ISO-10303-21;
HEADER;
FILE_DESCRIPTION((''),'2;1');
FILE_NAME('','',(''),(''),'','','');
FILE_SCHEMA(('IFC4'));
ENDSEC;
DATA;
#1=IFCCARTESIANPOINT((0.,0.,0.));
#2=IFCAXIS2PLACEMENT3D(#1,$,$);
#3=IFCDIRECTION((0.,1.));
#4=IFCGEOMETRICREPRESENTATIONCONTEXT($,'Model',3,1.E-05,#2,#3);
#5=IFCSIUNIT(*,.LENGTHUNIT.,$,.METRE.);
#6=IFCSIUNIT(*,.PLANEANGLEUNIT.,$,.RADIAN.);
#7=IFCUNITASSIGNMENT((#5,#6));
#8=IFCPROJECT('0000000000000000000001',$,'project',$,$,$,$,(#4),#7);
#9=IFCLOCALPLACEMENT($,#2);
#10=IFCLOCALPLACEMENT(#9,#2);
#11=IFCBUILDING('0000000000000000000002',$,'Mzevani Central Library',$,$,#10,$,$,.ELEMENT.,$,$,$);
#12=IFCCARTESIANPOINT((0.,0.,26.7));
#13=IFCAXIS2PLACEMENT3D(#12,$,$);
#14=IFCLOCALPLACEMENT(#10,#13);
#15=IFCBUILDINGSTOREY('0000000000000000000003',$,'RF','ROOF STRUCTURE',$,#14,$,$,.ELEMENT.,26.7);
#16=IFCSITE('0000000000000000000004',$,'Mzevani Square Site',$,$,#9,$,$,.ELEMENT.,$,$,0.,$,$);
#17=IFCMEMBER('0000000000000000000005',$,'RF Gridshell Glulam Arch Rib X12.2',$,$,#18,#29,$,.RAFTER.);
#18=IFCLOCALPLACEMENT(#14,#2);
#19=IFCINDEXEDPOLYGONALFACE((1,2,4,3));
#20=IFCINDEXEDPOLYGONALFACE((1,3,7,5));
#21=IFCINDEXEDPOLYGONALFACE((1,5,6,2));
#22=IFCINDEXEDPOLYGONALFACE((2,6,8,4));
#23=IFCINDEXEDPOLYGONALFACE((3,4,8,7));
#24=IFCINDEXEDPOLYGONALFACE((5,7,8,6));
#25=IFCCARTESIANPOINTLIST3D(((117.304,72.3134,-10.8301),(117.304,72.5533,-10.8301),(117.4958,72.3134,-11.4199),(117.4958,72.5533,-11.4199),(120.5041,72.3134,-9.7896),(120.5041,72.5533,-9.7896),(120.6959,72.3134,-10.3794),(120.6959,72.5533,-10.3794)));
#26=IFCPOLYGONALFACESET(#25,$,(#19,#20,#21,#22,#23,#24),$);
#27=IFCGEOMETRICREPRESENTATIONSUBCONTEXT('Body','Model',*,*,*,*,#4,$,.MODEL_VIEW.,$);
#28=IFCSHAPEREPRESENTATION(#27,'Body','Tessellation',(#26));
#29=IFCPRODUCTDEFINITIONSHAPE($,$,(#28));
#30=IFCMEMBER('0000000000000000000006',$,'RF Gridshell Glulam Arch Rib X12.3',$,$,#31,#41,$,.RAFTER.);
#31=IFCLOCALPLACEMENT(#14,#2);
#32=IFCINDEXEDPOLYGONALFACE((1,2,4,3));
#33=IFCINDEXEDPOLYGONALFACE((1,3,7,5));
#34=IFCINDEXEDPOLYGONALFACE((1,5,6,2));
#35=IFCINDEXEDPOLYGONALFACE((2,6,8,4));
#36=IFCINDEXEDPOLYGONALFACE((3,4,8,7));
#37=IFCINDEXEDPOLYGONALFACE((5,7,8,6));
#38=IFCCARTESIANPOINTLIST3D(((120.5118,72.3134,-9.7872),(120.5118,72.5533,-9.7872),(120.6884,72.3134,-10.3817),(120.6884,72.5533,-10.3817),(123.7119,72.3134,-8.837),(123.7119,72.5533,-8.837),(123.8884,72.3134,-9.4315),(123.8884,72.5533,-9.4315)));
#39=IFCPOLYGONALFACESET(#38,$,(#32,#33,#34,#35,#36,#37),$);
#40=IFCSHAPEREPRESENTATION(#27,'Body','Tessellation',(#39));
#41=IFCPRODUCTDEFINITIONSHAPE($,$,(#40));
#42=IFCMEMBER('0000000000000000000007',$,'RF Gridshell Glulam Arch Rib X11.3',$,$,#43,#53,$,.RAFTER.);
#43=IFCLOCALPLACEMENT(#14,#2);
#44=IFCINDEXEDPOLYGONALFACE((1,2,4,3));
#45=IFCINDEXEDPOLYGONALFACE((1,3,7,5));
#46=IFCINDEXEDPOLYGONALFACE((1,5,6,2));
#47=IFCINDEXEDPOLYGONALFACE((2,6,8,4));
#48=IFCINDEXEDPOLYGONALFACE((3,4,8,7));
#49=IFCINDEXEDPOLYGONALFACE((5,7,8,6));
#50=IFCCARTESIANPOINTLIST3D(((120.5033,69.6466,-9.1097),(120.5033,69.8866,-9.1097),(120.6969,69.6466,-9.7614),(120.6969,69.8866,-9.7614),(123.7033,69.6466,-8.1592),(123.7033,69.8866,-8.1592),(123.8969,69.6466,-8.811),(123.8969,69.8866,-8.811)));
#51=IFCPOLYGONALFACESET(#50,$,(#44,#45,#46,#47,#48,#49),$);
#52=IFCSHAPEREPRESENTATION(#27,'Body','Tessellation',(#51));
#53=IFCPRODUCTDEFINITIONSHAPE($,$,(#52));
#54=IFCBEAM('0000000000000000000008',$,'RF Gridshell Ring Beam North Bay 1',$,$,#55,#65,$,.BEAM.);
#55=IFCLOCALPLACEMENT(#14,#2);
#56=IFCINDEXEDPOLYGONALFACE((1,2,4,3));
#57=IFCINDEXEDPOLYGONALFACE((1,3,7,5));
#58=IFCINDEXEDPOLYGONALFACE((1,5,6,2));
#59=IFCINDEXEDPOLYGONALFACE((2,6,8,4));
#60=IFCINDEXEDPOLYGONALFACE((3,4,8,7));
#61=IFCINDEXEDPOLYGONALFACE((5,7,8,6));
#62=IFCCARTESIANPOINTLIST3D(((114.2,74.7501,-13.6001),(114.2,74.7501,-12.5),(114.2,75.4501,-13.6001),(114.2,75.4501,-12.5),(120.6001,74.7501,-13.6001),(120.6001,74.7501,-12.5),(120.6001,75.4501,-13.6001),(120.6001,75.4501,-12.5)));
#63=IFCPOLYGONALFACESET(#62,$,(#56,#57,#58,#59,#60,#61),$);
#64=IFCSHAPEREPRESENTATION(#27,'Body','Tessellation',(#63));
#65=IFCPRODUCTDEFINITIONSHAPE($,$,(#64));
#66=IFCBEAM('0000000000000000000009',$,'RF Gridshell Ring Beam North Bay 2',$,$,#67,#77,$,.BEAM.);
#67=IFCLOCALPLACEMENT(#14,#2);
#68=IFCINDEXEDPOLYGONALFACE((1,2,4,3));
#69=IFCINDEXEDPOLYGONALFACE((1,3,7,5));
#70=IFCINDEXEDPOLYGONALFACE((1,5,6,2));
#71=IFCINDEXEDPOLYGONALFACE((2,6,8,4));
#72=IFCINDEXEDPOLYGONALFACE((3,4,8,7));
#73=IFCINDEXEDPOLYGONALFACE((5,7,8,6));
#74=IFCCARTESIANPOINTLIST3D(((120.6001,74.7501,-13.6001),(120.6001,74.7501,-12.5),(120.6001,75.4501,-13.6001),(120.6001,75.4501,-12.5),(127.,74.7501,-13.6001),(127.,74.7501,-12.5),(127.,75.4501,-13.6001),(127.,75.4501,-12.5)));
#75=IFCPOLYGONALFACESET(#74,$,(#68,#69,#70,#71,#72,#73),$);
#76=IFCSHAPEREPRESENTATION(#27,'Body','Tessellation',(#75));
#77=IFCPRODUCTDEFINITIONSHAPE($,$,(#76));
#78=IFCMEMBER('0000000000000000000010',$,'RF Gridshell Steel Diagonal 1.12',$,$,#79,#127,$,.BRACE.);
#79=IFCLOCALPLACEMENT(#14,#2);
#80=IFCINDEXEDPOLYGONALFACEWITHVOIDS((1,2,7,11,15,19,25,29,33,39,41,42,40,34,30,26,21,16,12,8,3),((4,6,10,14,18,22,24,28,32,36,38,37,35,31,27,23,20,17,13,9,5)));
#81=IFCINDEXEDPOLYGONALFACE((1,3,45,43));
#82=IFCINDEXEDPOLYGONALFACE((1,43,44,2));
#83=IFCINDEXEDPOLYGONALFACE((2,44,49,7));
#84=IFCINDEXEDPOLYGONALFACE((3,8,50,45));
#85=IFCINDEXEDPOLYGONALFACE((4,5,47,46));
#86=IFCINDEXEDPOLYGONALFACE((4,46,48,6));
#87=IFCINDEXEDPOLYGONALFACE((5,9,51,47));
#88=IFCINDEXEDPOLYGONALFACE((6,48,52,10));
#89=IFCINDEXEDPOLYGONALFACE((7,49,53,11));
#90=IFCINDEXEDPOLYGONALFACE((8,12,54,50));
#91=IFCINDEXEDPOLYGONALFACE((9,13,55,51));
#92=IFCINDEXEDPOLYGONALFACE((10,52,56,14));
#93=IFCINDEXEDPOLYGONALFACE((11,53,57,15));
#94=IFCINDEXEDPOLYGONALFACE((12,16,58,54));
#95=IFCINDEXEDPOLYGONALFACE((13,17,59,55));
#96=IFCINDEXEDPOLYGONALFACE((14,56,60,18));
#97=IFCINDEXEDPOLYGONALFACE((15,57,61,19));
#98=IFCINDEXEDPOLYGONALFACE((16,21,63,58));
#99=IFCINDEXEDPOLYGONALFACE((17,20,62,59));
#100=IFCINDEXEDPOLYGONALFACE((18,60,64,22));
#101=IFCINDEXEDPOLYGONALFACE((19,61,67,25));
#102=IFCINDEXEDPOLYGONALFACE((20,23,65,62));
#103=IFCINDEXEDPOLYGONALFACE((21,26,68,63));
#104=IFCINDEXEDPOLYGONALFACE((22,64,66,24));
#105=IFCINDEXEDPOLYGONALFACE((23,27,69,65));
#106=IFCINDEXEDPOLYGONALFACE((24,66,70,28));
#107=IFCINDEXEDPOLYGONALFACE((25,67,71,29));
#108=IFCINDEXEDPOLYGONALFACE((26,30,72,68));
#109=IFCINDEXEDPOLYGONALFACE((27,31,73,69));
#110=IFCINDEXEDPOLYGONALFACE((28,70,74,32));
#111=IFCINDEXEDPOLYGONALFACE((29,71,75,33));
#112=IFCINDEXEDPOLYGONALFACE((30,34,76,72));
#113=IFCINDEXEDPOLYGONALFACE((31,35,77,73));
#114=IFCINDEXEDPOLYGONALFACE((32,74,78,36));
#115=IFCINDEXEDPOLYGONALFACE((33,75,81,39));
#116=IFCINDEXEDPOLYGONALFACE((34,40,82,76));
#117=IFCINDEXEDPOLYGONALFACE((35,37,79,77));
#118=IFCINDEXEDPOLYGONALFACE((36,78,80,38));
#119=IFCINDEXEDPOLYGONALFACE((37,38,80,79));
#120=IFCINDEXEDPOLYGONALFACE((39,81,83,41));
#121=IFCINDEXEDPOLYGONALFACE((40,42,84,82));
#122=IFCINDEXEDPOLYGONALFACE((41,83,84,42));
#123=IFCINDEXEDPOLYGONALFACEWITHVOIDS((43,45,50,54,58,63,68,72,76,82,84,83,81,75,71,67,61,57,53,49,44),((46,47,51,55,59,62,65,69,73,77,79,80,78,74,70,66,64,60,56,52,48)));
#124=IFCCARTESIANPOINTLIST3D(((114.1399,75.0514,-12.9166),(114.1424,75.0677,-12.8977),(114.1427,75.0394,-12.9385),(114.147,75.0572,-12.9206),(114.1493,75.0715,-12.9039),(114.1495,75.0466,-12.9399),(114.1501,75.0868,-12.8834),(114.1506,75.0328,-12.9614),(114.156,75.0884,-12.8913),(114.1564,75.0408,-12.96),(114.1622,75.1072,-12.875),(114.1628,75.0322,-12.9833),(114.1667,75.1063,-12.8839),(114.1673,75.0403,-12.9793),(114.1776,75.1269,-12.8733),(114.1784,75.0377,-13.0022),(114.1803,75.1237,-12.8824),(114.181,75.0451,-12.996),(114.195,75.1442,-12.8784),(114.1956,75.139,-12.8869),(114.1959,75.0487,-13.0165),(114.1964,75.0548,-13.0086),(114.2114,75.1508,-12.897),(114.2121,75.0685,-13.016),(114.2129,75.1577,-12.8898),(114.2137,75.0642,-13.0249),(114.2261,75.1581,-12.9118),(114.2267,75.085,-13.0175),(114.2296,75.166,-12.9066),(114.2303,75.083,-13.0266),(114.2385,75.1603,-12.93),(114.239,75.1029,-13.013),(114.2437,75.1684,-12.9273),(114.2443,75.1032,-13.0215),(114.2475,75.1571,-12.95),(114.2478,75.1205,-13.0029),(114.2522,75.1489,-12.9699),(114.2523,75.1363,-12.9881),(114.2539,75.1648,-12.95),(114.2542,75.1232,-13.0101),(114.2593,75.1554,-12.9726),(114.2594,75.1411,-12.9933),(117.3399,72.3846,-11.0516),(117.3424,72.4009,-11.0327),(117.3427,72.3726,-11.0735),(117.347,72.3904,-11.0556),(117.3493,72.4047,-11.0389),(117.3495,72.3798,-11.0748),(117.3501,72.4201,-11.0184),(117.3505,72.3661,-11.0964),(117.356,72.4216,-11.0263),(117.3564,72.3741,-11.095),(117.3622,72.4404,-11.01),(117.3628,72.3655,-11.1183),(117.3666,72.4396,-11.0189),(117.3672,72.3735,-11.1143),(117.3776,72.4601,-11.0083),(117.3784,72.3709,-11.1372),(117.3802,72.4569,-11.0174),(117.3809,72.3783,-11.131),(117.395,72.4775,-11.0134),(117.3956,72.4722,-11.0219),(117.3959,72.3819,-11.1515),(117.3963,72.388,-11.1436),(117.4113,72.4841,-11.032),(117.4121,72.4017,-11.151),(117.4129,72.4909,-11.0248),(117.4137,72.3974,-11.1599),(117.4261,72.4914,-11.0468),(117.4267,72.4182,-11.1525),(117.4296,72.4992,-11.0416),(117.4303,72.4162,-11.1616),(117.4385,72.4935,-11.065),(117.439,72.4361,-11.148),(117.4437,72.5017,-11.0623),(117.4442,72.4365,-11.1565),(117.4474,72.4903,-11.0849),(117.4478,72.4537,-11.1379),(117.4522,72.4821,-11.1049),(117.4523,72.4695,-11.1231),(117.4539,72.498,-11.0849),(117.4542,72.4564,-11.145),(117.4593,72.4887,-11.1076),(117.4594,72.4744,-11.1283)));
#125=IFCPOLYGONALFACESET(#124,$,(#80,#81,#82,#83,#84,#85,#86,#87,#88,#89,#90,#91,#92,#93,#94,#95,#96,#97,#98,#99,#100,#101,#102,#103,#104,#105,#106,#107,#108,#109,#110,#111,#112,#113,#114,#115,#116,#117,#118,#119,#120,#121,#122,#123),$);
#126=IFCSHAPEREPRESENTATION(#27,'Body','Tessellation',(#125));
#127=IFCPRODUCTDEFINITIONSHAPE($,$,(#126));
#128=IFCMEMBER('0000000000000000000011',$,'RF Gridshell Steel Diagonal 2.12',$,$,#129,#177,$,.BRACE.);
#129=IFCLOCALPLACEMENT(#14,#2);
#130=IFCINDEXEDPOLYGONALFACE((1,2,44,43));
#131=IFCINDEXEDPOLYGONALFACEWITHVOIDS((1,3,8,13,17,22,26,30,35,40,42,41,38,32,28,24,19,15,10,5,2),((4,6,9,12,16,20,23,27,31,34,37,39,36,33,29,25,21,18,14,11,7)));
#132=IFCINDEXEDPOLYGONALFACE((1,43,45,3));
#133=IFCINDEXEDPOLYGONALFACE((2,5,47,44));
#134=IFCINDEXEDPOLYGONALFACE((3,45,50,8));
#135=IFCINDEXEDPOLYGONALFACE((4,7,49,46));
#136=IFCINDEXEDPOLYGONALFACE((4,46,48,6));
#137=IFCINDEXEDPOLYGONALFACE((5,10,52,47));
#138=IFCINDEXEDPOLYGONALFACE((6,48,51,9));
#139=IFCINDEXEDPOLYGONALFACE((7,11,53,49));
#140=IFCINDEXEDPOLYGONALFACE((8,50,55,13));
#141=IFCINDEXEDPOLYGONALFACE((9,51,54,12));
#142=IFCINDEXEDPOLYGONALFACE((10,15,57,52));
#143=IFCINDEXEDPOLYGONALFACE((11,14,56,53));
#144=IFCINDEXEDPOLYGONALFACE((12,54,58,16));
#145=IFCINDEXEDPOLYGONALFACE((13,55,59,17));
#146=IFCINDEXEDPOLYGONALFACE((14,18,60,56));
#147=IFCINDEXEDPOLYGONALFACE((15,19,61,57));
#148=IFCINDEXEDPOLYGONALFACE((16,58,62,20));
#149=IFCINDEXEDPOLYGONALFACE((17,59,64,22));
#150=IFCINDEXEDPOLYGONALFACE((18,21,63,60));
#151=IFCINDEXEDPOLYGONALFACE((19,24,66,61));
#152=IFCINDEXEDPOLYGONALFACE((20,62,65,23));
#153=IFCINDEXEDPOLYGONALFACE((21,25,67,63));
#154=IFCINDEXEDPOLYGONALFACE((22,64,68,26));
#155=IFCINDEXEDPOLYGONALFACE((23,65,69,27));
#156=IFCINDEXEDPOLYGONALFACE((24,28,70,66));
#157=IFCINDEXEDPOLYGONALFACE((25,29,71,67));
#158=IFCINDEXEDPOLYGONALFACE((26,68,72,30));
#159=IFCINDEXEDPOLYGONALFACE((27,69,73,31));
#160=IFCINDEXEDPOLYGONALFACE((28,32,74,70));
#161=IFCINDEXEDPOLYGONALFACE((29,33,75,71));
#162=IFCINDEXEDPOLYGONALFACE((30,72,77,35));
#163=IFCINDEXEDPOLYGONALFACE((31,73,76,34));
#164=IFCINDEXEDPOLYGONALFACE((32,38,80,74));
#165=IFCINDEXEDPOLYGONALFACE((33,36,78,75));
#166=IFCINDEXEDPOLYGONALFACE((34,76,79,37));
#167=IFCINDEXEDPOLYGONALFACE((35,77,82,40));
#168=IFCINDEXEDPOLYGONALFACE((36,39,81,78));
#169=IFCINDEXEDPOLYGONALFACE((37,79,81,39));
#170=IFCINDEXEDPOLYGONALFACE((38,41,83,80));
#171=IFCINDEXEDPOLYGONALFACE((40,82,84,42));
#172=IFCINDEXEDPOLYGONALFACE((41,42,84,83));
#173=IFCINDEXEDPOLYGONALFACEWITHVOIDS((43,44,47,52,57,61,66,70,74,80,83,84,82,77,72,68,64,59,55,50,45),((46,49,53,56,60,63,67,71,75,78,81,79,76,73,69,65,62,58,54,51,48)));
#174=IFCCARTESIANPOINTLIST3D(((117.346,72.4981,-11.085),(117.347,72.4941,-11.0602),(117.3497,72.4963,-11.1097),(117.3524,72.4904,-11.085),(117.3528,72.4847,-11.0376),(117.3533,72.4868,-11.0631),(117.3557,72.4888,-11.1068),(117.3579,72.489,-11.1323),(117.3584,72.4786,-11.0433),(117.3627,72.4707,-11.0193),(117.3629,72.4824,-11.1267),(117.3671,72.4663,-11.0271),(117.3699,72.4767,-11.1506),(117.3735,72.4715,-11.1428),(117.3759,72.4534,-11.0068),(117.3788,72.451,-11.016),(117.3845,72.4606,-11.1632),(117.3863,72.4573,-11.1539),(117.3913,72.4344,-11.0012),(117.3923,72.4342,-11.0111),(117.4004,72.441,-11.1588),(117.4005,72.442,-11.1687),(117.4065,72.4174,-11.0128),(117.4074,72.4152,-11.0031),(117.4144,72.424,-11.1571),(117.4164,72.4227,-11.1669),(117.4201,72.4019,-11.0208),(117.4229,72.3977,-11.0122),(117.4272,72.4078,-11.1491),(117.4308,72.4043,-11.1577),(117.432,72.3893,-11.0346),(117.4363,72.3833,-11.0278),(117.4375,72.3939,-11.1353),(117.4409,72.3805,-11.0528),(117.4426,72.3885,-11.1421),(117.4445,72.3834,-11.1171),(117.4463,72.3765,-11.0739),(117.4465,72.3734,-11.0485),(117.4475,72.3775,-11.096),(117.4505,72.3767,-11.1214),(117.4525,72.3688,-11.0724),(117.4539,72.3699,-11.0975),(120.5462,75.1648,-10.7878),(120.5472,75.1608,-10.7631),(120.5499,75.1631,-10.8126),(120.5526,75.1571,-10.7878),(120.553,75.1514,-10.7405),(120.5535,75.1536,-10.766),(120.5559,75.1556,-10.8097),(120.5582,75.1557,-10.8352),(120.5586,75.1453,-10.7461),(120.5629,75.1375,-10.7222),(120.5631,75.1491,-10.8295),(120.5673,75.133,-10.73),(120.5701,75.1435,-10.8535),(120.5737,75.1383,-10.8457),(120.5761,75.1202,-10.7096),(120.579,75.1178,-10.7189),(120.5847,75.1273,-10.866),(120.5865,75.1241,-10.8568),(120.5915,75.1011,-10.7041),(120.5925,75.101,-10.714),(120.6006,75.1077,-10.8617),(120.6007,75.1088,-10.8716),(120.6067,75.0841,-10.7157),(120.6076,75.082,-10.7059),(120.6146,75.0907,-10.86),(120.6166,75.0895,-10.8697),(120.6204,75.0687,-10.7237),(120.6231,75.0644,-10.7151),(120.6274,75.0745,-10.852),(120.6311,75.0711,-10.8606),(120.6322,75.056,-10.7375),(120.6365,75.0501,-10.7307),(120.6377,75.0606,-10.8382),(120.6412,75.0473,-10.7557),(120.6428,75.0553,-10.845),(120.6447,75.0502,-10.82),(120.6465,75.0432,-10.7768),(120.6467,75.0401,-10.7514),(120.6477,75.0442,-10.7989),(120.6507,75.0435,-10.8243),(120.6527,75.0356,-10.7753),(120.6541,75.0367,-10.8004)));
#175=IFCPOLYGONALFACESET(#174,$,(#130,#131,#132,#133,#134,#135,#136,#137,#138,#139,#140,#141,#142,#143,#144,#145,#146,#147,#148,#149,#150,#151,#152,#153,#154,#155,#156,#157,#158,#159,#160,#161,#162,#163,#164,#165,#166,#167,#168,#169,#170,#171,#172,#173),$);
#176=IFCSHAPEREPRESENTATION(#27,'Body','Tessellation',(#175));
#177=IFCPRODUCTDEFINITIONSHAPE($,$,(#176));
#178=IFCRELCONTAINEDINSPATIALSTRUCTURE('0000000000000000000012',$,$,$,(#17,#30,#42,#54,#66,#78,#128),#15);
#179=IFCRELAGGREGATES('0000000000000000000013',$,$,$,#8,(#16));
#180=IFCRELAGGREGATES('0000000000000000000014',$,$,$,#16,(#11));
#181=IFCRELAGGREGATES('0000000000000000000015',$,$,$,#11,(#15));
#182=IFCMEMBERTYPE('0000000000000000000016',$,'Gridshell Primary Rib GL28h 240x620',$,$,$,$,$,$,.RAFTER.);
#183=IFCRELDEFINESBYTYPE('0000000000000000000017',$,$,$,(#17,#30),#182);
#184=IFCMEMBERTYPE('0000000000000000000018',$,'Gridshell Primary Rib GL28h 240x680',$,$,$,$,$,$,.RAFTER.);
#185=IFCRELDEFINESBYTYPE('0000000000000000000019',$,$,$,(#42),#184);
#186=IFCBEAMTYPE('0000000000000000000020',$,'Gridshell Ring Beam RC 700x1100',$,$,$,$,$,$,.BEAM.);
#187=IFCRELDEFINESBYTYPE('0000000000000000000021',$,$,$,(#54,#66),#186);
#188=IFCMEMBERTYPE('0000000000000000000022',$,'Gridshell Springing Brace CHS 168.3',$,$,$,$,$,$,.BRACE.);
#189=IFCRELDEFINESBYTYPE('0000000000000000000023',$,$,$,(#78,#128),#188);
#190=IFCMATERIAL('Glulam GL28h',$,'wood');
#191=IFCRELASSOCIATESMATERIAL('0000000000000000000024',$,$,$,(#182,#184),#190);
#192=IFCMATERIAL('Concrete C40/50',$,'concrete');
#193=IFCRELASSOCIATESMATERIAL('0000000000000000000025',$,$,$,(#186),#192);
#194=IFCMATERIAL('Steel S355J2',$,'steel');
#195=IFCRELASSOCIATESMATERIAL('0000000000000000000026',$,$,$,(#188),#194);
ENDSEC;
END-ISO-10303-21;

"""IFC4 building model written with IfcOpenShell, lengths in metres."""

from ifc_helpers import new_model, si_unit, direction, frame, origin, origin_2d, place, context, subcontext, project, spatial, rectangle, hollow_circle, extrude, material, material_profile, profile_set, type_object, element, save


model = new_model("IFC4")

# Units and contexts
model_context = context("Model", 3, precision=1e-05, world=origin(), true_north=direction((0.0, 1.0)))
body_context = subcontext(model_context, "Body", "Model", "MODEL_VIEW")
ifc_project = project(units=[si_unit("LENGTHUNIT", "METRE"), si_unit("PLANEANGLEUNIT", "RADIAN")], contexts=[model_context])

# Site, building, storey
site_placement = place(None, origin())
site = spatial("IfcSite", under=ifc_project, at=site_placement, Name="Mzevani Square Site", CompositionType="ELEMENT", RefElevation=0.0)
building_placement = place(site_placement, origin())
building = spatial("IfcBuilding", under=site, at=building_placement, Name="Mzevani Central Library", CompositionType="ELEMENT")
storey_placement = place(building_placement, frame((0.0, 0.0, 26.7)))
storey = spatial("IfcBuildingStorey", under=building, at=storey_placement, Name="RF", Description="ROOF STRUCTURE", CompositionType="ELEMENT", Elevation=26.7)

# Members
ifc_material_1 = material(Name="Steel S355J2", Category="steel")
ifc_material_2 = material(Name="Glulam GL28h", Category="wood")
ifc_material_profile_1 = material_profile(ifc_material_2, rectangle(XDim=0.24, YDim=0.6201, at=origin_2d()), Name="GL28h 240x620")
ifc_profile_set_1 = profile_set([ifc_material_profile_1], Name="Glulam GL28h")
member_type_1 = type_object("IfcMemberType", Name="Gridshell Primary Rib GL28h 240x620", PredefinedType="RAFTER", material=ifc_profile_set_1)
member_1_placement = place(storey_placement, frame((117.3999, 72.4333, -11.125), z_axis=(0.950994, 0.0, 0.309211), x_axis=(0.0, 1.0, 0.0)))
element("IfcMember", 1, at=member_1_placement, inside=storey, type_object=member_type_1, Name="RF Gridshell Glulam Arch Rib X12.2", PredefinedType="RAFTER", context=body_context, shape_type="SweptSolid", body=[
    extrude(rectangle(XDim=0.24, YDim=0.6201, at=origin_2d()), origin(), (0.0, 0.0, 1.0), 3.365),
])
member_2_placement = place(storey_placement, frame((120.6001, 72.4333, -10.0845), z_axis=(0.95863, 0.0, 0.284656), x_axis=(0.0, 1.0, 0.0)))
element("IfcMember", 2, at=member_2_placement, inside=storey, type_object=member_type_1, Name="RF Gridshell Glulam Arch Rib X12.3", PredefinedType="RAFTER", context=body_context, shape_type="SweptSolid", body=[
    extrude(rectangle(XDim=0.24, YDim=0.6201, at=origin_2d()), origin(), (0.0, 0.0, 1.0), 3.3381),
])
ifc_material_profile_2 = material_profile(ifc_material_2, rectangle(XDim=0.24, YDim=0.6799, at=origin_2d()), Name="GL28h 240x680")
ifc_profile_set_2 = profile_set([ifc_material_profile_2], Name="Glulam GL28h")
member_type_2 = type_object("IfcMemberType", Name="Gridshell Primary Rib GL28h 240x680", PredefinedType="RAFTER", material=ifc_profile_set_2)
member_3_placement = place(storey_placement, frame((120.6001, 69.7666, -9.4355), z_axis=(0.95861, 0.0, 0.284723), x_axis=(0.0, 1.0, 0.0)))
element("IfcMember", 3, at=member_3_placement, inside=storey, type_object=member_type_2, Name="RF Gridshell Glulam Arch Rib X11.3", PredefinedType="RAFTER", context=body_context, shape_type="SweptSolid", body=[
    extrude(rectangle(XDim=0.24, YDim=0.6799, at=origin_2d()), origin(), (0.0, 0.0, 1.0), 3.3381),
])

# Beams
ifc_material_3 = material(Name="Concrete C40/50", Category="concrete")
ifc_material_profile_3 = material_profile(ifc_material_3, rectangle(XDim=0.7, YDim=1.1001, at=origin_2d()), Name="RC RB700x1100")
ifc_profile_set_3 = profile_set([ifc_material_profile_3], Name="Concrete C40/50")
beam_type_1 = type_object("IfcBeamType", Name="Gridshell Ring Beam RC 700x1100", PredefinedType="BEAM", material=ifc_profile_set_3)
beam_1_placement = place(storey_placement, frame((114.2, 75.1001, -13.05), z_axis=(1.0, 0.0, 0.0), x_axis=(0.0, 1.0, 0.0)))
element("IfcBeam", 4, at=beam_1_placement, inside=storey, type_object=beam_type_1, Name="RF Gridshell Ring Beam North Bay 1", PredefinedType="BEAM", context=body_context, shape_type="SweptSolid", body=[
    extrude(rectangle(XDim=0.7, YDim=1.1001, at=origin_2d()), origin(), (0.0, 0.0, 1.0), 6.4001),
])
beam_2_placement = place(storey_placement, frame((120.6001, 75.1001, -13.05), z_axis=(1.0, 0.0, 0.0), x_axis=(0.0, 1.0, 0.0)))
element("IfcBeam", 5, at=beam_2_placement, inside=storey, type_object=beam_type_1, Name="RF Gridshell Ring Beam North Bay 2", PredefinedType="BEAM", context=body_context, shape_type="SweptSolid", body=[
    extrude(rectangle(XDim=0.7, YDim=1.1001, at=origin_2d()), origin(), (0.0, 0.0, 1.0), 6.3999),
])

# Members
ifc_material_profile_4 = material_profile(ifc_material_1, hollow_circle(Radius=0.0842, WallThickness=0.01, at=origin_2d()), Name="CHS 168.3x10.0")
ifc_profile_set_4 = profile_set([ifc_material_profile_4], Name="Steel S355J2")
member_type_3 = type_object("IfcMemberType", Name="Gridshell Springing Brace CHS 168.3", PredefinedType="BRACE", material=ifc_profile_set_4)
member_4_placement = place(storey_placement, frame((114.2, 75.1001, -12.95), z_axis=(0.70114, -0.58431, 0.408637), x_axis=(0.640202, 0.768207, 0.0)))
element("IfcMember", 6, at=member_4_placement, inside=storey, type_object=member_type_3, Name="RF Gridshell Steel Diagonal 1.12", PredefinedType="BRACE", context=body_context, shape_type="SweptSolid", body=[
    extrude(hollow_circle(Radius=0.0842, WallThickness=0.01, at=origin_2d()), origin(), (0.0, 0.0, 1.0), 4.564),
])
member_5_placement = place(storey_placement, frame((117.3999, 72.4333, -11.085), z_axis=(0.766284, 0.638551, 0.071145), x_axis=(-0.640173, 0.768231, 0.0)))
element("IfcMember", 7, at=member_5_placement, inside=storey, type_object=member_type_3, Name="RF Gridshell Steel Diagonal 2.12", PredefinedType="BRACE", context=body_context, shape_type="SweptSolid", body=[
    extrude(hollow_circle(Radius=0.0842, WallThickness=0.01, at=origin_2d()), origin(), (0.0, 0.0, 1.0), 4.1763),
])

save(model, "model.ifc")
